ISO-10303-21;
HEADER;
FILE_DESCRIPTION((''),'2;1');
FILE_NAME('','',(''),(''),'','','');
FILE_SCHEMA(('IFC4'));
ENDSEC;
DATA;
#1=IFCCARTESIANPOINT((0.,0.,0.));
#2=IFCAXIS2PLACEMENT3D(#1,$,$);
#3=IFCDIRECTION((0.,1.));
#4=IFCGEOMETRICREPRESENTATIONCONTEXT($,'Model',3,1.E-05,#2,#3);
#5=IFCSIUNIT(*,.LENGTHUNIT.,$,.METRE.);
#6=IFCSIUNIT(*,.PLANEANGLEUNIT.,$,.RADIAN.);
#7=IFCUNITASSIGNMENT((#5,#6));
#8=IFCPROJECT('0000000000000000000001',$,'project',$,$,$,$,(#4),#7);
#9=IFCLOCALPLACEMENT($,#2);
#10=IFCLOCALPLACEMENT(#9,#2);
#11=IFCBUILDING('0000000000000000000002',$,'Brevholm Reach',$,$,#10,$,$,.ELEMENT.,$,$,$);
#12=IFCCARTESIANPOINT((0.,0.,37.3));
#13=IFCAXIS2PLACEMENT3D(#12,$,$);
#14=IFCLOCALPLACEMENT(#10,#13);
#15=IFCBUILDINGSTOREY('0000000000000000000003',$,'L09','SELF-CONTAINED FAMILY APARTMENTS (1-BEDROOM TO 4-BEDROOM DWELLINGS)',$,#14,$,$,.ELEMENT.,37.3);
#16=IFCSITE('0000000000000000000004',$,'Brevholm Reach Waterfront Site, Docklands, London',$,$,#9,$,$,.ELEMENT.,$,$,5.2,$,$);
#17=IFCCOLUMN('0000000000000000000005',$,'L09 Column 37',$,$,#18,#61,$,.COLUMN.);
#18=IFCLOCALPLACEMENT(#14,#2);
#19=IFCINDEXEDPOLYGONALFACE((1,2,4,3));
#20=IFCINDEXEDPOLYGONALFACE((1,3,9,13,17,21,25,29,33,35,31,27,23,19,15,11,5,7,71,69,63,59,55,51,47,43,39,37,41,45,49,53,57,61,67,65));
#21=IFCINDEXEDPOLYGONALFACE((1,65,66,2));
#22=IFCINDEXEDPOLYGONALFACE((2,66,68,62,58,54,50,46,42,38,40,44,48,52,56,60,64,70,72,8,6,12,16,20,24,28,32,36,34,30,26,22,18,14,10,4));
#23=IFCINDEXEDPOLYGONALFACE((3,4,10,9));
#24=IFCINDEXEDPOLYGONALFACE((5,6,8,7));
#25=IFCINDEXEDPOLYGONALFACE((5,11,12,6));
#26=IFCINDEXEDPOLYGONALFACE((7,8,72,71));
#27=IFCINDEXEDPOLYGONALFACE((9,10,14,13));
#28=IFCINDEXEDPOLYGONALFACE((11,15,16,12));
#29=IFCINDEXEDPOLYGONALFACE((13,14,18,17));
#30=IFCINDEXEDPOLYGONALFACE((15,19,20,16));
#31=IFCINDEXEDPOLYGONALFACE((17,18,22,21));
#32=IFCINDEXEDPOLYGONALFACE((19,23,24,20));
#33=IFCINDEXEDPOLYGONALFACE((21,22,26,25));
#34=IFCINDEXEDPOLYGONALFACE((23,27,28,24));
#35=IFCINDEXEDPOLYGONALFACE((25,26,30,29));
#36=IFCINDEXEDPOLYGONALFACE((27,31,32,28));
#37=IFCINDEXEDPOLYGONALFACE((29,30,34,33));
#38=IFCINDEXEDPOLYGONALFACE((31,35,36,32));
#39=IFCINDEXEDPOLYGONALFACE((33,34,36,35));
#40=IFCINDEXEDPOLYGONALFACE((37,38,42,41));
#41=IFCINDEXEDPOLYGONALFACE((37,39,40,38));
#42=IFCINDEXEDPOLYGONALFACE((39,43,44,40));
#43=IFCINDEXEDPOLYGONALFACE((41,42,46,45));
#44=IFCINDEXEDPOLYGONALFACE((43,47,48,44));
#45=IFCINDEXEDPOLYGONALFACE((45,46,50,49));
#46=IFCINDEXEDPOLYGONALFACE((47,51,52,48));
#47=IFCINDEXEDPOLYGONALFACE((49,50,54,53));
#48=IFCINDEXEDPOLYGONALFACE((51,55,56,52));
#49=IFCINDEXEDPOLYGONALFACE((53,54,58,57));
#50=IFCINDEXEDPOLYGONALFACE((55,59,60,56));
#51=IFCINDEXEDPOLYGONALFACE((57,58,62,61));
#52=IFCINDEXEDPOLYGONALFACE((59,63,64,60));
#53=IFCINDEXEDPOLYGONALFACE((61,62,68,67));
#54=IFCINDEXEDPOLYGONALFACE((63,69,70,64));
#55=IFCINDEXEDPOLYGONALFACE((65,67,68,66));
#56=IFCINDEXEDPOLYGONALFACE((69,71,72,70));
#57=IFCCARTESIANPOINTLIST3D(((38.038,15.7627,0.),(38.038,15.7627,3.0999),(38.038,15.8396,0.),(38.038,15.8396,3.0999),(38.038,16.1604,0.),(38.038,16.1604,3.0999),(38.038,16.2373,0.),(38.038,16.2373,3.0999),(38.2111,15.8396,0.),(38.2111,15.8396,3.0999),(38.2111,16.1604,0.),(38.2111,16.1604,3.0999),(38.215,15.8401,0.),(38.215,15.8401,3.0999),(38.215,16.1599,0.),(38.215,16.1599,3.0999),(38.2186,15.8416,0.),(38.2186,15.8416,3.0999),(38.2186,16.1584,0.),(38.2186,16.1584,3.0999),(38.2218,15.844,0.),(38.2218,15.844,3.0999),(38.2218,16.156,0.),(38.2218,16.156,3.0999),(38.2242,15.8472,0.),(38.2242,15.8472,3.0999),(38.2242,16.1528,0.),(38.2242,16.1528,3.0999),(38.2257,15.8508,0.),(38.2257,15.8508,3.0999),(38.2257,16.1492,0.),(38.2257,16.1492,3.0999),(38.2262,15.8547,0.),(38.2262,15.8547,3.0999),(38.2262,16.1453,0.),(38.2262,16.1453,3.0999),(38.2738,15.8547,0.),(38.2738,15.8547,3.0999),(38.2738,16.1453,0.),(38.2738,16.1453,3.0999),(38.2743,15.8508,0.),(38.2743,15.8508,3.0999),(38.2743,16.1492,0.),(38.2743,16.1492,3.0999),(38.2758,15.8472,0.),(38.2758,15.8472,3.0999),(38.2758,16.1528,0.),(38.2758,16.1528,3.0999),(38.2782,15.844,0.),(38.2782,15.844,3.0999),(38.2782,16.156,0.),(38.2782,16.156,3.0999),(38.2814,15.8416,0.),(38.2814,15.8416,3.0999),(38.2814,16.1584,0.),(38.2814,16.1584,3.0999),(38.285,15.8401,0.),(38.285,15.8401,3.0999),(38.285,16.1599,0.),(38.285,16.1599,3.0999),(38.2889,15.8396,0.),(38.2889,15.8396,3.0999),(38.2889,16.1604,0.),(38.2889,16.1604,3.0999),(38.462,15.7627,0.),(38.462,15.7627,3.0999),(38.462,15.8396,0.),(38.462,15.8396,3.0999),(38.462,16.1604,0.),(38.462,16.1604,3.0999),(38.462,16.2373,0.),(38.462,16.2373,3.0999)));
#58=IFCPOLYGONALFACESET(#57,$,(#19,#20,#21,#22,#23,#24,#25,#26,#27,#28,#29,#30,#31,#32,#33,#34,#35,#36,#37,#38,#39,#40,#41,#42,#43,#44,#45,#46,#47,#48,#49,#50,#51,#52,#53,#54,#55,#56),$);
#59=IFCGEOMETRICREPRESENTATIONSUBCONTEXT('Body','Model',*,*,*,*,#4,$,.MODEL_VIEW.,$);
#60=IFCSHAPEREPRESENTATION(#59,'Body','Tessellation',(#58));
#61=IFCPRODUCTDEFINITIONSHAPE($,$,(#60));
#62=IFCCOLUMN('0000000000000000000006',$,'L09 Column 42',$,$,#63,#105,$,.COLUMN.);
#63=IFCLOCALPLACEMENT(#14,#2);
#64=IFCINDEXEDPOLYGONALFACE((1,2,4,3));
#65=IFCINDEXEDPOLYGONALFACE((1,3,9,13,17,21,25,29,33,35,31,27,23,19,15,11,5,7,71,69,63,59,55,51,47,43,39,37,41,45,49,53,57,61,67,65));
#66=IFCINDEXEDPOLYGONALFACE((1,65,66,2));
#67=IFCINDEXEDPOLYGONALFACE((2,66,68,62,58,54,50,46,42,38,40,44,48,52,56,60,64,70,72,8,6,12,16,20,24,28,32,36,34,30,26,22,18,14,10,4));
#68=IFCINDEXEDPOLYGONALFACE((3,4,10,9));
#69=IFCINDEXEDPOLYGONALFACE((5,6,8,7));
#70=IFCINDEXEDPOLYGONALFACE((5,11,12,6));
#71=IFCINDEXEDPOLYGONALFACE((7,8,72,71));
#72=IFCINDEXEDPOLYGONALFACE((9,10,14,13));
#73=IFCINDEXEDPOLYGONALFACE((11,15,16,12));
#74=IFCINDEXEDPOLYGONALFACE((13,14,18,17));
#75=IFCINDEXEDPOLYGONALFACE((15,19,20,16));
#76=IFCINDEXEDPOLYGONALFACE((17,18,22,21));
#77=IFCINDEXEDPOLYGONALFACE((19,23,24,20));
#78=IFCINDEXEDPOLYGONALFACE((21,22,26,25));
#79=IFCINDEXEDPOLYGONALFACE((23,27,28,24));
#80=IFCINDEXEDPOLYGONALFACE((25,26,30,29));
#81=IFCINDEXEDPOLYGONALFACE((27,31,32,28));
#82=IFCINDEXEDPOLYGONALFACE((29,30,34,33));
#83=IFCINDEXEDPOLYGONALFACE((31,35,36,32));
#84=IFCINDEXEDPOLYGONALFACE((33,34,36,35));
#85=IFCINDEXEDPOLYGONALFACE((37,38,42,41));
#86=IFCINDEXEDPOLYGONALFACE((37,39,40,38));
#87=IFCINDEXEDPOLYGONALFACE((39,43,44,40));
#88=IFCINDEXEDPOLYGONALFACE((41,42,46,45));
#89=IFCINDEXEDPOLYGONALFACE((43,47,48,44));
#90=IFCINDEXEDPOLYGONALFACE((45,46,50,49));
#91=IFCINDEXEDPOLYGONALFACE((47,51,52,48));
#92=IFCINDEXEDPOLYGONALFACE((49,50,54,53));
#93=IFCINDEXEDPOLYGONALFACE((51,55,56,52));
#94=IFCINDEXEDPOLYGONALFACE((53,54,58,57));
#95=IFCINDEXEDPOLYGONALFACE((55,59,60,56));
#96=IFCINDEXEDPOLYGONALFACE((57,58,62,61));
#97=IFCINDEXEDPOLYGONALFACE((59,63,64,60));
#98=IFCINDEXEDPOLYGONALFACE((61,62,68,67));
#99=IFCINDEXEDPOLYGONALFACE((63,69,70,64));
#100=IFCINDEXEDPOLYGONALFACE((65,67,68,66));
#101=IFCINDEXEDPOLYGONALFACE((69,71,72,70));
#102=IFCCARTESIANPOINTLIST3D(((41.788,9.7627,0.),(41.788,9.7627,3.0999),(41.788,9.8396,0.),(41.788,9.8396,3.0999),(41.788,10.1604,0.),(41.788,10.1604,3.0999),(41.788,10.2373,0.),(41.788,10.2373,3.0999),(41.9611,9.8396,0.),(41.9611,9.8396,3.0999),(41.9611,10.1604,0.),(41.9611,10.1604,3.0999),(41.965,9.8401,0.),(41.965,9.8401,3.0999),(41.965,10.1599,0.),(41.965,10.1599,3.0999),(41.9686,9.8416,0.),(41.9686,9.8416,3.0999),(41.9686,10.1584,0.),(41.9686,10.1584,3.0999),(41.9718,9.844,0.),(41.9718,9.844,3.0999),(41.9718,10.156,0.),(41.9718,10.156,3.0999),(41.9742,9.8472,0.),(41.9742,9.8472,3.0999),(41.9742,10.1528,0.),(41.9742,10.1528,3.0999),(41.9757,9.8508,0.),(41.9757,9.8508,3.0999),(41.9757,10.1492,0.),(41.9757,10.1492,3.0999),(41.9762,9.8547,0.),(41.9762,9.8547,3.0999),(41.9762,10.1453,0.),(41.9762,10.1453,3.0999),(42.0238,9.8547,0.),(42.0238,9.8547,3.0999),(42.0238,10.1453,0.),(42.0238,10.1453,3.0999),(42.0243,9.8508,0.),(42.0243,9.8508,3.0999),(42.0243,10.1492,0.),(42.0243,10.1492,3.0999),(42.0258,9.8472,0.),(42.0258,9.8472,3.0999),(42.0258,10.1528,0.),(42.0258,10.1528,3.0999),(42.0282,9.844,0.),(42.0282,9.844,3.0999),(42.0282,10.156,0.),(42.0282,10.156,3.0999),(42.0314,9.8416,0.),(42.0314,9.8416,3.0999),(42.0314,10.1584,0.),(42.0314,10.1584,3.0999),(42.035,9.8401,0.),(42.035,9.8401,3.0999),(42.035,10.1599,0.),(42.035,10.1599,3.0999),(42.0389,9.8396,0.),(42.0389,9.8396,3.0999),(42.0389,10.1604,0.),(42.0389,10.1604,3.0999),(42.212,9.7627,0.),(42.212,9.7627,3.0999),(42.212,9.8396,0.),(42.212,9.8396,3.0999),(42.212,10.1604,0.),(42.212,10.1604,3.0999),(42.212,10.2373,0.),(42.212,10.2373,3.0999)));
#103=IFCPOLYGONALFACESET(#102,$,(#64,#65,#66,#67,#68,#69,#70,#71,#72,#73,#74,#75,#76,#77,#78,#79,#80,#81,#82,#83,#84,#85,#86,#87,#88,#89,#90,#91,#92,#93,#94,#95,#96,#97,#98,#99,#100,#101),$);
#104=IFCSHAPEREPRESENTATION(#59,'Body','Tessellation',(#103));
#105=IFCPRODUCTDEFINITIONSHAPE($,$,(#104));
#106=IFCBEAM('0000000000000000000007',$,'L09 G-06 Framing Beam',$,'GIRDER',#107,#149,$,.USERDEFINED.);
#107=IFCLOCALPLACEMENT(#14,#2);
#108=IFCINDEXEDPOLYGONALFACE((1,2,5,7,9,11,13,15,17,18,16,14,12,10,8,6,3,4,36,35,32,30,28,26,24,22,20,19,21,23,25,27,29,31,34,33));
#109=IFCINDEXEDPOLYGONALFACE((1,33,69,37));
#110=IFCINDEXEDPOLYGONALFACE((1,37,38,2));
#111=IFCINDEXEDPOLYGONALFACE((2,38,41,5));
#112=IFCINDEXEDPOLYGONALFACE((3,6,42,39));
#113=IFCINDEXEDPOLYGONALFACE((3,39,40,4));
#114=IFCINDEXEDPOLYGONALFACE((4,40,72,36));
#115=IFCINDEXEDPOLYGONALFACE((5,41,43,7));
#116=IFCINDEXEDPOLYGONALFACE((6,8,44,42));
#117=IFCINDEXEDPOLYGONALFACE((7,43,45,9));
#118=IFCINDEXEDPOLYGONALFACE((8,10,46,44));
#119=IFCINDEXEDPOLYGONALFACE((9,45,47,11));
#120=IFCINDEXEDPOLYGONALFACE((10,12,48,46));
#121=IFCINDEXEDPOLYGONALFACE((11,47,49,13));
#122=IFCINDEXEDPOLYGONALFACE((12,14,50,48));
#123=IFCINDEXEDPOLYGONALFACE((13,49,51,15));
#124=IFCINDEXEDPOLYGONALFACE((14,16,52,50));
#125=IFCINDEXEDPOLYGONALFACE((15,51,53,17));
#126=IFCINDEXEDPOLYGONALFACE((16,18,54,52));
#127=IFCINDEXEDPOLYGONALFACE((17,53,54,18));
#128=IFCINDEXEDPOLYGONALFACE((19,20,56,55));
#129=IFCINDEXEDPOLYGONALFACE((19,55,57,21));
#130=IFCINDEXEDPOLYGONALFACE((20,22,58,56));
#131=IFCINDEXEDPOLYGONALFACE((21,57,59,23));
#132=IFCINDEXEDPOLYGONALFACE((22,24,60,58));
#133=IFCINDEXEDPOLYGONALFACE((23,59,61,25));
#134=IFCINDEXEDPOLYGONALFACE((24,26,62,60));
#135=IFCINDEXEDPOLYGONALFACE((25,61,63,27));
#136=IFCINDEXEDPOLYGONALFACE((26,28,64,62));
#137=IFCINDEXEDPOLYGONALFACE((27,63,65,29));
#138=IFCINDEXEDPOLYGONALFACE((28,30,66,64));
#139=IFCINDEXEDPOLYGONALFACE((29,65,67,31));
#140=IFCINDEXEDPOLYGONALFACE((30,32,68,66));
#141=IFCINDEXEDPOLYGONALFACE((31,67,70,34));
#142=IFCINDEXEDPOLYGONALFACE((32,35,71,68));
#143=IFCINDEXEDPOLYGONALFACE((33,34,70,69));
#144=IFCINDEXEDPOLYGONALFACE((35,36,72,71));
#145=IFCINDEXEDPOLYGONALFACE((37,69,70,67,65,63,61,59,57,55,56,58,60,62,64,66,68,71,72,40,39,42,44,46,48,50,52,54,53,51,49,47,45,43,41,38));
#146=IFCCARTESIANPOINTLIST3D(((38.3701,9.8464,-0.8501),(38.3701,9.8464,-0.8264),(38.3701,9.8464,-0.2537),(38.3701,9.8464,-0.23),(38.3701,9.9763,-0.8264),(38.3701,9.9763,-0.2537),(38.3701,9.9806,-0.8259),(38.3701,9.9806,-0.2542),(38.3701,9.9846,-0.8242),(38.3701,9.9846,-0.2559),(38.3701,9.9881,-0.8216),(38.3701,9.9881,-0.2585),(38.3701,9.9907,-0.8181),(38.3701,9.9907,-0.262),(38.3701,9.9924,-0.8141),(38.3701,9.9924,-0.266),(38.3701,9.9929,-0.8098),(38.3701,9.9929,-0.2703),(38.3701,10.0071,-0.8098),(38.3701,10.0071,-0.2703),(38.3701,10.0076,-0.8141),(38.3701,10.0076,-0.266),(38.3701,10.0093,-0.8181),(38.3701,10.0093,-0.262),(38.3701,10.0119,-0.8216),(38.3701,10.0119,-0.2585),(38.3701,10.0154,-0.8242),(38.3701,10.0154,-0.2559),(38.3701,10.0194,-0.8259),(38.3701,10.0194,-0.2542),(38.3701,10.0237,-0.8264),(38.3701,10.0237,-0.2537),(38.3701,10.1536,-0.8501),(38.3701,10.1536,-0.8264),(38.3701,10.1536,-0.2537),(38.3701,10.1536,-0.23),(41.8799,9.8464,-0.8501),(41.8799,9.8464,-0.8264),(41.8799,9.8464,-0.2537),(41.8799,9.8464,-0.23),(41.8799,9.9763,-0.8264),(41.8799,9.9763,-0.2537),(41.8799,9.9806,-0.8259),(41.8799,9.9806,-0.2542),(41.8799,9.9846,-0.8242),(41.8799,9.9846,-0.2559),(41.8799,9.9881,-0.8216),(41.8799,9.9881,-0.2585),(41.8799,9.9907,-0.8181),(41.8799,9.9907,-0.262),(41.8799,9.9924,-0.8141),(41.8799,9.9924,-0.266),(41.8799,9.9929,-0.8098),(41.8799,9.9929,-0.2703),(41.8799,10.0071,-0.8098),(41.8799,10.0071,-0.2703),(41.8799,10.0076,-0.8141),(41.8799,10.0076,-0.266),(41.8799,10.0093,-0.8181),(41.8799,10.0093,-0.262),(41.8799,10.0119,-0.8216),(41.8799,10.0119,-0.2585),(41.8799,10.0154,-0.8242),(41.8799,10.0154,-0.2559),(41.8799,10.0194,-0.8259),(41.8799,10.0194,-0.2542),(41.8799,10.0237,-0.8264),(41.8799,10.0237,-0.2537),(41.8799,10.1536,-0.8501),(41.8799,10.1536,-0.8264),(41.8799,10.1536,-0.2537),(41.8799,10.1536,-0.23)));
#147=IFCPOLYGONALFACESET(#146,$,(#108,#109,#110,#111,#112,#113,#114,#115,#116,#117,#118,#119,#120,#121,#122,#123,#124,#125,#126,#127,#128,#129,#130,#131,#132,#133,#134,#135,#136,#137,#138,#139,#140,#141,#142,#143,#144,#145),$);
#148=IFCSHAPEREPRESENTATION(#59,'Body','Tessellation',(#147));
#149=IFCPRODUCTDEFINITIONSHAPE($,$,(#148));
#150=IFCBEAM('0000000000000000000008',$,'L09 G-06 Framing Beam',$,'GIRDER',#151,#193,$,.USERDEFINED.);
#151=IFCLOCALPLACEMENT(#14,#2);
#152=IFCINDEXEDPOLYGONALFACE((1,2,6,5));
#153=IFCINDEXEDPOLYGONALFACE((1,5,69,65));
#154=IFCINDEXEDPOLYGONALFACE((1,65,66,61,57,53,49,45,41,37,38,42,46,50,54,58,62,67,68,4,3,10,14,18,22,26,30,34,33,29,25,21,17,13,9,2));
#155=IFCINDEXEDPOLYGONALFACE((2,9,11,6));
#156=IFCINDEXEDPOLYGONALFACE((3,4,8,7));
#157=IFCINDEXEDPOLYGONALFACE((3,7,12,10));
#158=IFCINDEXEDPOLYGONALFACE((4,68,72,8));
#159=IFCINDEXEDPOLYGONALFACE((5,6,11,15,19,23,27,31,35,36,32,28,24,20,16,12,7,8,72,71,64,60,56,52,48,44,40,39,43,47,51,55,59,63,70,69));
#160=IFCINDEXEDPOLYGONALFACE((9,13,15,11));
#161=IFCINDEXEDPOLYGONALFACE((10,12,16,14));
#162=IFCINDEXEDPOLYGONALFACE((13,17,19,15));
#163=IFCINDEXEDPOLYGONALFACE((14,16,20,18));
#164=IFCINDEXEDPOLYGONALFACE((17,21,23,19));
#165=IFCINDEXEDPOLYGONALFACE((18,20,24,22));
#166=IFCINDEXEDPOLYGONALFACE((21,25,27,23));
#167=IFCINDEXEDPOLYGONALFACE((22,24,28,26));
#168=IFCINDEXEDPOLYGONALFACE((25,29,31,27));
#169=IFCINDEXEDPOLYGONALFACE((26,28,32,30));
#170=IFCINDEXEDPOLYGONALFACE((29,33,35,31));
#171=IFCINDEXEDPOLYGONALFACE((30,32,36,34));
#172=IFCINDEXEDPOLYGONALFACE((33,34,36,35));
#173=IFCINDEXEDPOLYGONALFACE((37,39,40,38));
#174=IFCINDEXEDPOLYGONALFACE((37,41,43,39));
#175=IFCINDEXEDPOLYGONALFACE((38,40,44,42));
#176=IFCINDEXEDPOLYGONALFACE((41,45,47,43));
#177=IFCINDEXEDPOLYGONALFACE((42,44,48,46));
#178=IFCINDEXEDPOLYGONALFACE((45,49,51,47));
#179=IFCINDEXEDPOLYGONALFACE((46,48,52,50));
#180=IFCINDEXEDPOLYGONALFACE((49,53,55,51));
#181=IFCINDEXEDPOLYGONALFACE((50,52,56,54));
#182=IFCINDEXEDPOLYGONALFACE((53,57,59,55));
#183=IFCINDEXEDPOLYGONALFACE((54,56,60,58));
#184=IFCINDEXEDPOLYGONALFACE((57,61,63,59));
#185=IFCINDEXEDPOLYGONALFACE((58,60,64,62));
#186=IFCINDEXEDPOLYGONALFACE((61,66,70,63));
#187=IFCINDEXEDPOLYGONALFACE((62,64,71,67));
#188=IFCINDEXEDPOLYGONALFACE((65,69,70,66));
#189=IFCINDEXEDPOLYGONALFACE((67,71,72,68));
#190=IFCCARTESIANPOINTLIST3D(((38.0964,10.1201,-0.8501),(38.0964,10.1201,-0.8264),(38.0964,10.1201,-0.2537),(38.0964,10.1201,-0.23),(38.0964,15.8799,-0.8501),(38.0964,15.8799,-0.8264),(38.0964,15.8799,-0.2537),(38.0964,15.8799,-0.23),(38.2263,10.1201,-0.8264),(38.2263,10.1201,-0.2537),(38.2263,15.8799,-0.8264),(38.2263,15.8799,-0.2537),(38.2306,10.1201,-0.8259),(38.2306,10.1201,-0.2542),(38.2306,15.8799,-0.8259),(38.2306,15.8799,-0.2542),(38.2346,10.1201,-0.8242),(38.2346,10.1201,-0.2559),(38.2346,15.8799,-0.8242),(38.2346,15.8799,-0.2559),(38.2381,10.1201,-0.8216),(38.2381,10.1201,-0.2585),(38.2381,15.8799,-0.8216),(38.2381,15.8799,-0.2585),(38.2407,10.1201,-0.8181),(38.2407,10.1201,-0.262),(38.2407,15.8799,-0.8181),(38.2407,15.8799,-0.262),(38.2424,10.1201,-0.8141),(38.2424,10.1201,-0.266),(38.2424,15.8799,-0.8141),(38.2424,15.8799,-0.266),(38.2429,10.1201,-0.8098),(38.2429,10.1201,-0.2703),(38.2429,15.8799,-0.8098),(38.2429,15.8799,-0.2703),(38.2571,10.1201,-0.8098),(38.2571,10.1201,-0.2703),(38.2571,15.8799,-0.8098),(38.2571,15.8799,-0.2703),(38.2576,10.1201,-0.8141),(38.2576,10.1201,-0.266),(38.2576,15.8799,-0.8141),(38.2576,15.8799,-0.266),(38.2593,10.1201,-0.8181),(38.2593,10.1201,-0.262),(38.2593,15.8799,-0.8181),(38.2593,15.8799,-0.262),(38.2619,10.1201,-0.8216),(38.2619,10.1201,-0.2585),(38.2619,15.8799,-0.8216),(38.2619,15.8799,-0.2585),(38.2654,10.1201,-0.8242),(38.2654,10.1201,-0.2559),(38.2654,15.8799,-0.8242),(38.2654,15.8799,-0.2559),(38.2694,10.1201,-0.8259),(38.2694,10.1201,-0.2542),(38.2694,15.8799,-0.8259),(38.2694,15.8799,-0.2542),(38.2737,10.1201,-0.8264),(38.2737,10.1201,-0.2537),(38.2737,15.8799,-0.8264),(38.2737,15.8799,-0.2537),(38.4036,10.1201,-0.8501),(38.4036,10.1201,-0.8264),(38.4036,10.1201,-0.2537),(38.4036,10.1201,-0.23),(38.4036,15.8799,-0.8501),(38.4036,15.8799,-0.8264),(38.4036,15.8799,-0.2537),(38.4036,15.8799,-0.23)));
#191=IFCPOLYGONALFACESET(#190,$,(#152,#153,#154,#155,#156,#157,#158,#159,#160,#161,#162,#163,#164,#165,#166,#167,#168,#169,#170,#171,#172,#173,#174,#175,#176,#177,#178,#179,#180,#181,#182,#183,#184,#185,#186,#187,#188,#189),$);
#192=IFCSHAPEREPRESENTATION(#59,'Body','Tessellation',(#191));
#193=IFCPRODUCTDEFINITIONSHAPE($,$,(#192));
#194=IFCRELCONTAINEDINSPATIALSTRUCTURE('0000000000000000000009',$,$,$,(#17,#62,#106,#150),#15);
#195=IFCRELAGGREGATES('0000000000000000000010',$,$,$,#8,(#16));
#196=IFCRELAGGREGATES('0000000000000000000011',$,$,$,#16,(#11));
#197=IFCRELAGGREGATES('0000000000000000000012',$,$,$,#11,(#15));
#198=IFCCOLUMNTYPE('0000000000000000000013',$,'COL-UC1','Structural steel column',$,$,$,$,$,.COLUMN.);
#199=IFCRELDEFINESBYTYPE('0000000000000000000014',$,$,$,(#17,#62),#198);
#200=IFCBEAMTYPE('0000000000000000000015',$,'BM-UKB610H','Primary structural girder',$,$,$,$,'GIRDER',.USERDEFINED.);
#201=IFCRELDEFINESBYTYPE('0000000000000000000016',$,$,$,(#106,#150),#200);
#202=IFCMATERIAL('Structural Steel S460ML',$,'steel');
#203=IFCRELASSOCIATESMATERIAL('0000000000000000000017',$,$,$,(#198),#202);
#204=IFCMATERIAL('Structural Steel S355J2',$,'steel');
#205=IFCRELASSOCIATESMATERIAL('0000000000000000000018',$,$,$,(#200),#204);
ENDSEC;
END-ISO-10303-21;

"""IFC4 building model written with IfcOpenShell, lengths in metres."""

from ifc_helpers import new_model, si_unit, direction, frame, origin, origin_2d, place, context, subcontext, project, spatial, i_section, extrude, material, material_profile, profile_set, type_object, element, save


model = new_model("IFC4")

# Units and contexts
model_context = context("Model", 3, precision=1e-05, world=origin(), true_north=direction((0.0, 1.0)))
body_context = subcontext(model_context, "Body", "Model", "MODEL_VIEW")
ifc_project = project(units=[si_unit("LENGTHUNIT", "METRE"), si_unit("PLANEANGLEUNIT", "RADIAN")], contexts=[model_context])

# Site, building, storey
site_placement = place(None, origin())
site = spatial("IfcSite", under=ifc_project, at=site_placement, Name="Brevholm Reach Waterfront Site, Docklands, London", CompositionType="ELEMENT", RefElevation=5.2)
building_placement = place(site_placement, origin())
building = spatial("IfcBuilding", under=site, at=building_placement, Name="Brevholm Reach", CompositionType="ELEMENT")
storey_placement = place(building_placement, frame((0.0, 0.0, 37.3)))
storey = spatial("IfcBuildingStorey", under=building, at=storey_placement, Name="L09", Description="SELF-CONTAINED FAMILY APARTMENTS (1-BEDROOM TO 4-BEDROOM DWELLINGS)", CompositionType="ELEMENT", Elevation=37.3)

# Columns
ifc_material_1 = material(Name="Structural Steel S460ML", Category="steel")
ifc_material_profile_1 = material_profile(ifc_material_1, i_section(OverallWidth=0.4241, OverallDepth=0.4746, WebThickness=0.0476, FlangeThickness=0.0769, FilletRadius=0.0151, at=origin_2d()), Name="UKC 356x406x634")
ifc_profile_set_1 = profile_set([ifc_material_profile_1], Name="Structural Steel S460ML")
column_type = type_object("IfcColumnType", Name="COL-UC1", Description="Structural steel column", PredefinedType="COLUMN", material=ifc_profile_set_1)
for number, where, z_axis, x_axis, name in (
    (1, (38.25, 16.0, 0.0), (0.0, 0.0, 1.0), (1.0, 0.0, 0.0), "L09 Column 37"),
    (2, (42.0, 10.0, 0.0), (0.0, 0.0, 1.0), (1.0, 0.0, 0.0), "L09 Column 42"),
):
    element("IfcColumn", number, at=place(storey_placement, frame(where, z_axis=z_axis, x_axis=x_axis)), inside=storey, type_object=column_type, Name=name, PredefinedType="COLUMN", context=body_context, shape_type="SweptSolid", body=[
        extrude(i_section(OverallWidth=0.4241, OverallDepth=0.4746, WebThickness=0.0476, FlangeThickness=0.0769, FilletRadius=0.0151, at=origin_2d()), origin(), (0.0, 0.0, 1.0), 3.0999),
    ])

# Beams
ifc_material_2 = material(Name="Structural Steel S355J2", Category="steel")
ifc_material_profile_2 = material_profile(ifc_material_2, i_section(OverallWidth=0.3071, OverallDepth=0.6201, WebThickness=0.0142, FlangeThickness=0.0237, FilletRadius=0.0166, at=origin_2d()), Name="UKB 610x305x179")
ifc_profile_set_2 = profile_set([ifc_material_profile_2], Name="Structural Steel S355J2")
beam_type = type_object("IfcBeamType", Name="BM-UKB610H", Description="Primary structural girder", ElementType="GIRDER", PredefinedType="USERDEFINED", material=ifc_profile_set_2)
beam_placement = place(storey_placement, frame((38.3701, 10.0, -0.54), z_axis=(1.0, 0.0, 0.0), x_axis=(0.0, 1.0, 0.0)))
element("IfcBeam", 3, at=beam_placement, inside=storey, type_object=beam_type, Name="L09 G-06 Framing Beam", ObjectType="GIRDER", PredefinedType="USERDEFINED", context=body_context, shape_type="SweptSolid", body=[
    extrude(i_section(OverallWidth=0.3071, OverallDepth=0.6201, WebThickness=0.0142, FlangeThickness=0.0237, FilletRadius=0.0166, at=origin_2d()), origin(), (0.0, 0.0, 1.0), 3.5098),
])
for number, where, z_axis, x_axis, name in (
    (4, (38.25, 10.1201, -0.54), (0.0, 1.0, 0.0), (-1.0, 0.0, 0.0), "L09 G-06 Framing Beam"),
):
    element("IfcBeam", number, at=place(storey_placement, frame(where, z_axis=z_axis, x_axis=x_axis)), inside=storey, type_object=beam_type, Name=name, ObjectType="GIRDER", PredefinedType="USERDEFINED", context=body_context, shape_type="SweptSolid", body=[
        extrude(i_section(OverallWidth=0.3071, OverallDepth=0.6201, WebThickness=0.0142, FlangeThickness=0.0237, FilletRadius=0.0166, at=origin_2d()), origin(), (0.0, 0.0, 1.0), 5.7598),
    ])

save(model, "model.ifc")
